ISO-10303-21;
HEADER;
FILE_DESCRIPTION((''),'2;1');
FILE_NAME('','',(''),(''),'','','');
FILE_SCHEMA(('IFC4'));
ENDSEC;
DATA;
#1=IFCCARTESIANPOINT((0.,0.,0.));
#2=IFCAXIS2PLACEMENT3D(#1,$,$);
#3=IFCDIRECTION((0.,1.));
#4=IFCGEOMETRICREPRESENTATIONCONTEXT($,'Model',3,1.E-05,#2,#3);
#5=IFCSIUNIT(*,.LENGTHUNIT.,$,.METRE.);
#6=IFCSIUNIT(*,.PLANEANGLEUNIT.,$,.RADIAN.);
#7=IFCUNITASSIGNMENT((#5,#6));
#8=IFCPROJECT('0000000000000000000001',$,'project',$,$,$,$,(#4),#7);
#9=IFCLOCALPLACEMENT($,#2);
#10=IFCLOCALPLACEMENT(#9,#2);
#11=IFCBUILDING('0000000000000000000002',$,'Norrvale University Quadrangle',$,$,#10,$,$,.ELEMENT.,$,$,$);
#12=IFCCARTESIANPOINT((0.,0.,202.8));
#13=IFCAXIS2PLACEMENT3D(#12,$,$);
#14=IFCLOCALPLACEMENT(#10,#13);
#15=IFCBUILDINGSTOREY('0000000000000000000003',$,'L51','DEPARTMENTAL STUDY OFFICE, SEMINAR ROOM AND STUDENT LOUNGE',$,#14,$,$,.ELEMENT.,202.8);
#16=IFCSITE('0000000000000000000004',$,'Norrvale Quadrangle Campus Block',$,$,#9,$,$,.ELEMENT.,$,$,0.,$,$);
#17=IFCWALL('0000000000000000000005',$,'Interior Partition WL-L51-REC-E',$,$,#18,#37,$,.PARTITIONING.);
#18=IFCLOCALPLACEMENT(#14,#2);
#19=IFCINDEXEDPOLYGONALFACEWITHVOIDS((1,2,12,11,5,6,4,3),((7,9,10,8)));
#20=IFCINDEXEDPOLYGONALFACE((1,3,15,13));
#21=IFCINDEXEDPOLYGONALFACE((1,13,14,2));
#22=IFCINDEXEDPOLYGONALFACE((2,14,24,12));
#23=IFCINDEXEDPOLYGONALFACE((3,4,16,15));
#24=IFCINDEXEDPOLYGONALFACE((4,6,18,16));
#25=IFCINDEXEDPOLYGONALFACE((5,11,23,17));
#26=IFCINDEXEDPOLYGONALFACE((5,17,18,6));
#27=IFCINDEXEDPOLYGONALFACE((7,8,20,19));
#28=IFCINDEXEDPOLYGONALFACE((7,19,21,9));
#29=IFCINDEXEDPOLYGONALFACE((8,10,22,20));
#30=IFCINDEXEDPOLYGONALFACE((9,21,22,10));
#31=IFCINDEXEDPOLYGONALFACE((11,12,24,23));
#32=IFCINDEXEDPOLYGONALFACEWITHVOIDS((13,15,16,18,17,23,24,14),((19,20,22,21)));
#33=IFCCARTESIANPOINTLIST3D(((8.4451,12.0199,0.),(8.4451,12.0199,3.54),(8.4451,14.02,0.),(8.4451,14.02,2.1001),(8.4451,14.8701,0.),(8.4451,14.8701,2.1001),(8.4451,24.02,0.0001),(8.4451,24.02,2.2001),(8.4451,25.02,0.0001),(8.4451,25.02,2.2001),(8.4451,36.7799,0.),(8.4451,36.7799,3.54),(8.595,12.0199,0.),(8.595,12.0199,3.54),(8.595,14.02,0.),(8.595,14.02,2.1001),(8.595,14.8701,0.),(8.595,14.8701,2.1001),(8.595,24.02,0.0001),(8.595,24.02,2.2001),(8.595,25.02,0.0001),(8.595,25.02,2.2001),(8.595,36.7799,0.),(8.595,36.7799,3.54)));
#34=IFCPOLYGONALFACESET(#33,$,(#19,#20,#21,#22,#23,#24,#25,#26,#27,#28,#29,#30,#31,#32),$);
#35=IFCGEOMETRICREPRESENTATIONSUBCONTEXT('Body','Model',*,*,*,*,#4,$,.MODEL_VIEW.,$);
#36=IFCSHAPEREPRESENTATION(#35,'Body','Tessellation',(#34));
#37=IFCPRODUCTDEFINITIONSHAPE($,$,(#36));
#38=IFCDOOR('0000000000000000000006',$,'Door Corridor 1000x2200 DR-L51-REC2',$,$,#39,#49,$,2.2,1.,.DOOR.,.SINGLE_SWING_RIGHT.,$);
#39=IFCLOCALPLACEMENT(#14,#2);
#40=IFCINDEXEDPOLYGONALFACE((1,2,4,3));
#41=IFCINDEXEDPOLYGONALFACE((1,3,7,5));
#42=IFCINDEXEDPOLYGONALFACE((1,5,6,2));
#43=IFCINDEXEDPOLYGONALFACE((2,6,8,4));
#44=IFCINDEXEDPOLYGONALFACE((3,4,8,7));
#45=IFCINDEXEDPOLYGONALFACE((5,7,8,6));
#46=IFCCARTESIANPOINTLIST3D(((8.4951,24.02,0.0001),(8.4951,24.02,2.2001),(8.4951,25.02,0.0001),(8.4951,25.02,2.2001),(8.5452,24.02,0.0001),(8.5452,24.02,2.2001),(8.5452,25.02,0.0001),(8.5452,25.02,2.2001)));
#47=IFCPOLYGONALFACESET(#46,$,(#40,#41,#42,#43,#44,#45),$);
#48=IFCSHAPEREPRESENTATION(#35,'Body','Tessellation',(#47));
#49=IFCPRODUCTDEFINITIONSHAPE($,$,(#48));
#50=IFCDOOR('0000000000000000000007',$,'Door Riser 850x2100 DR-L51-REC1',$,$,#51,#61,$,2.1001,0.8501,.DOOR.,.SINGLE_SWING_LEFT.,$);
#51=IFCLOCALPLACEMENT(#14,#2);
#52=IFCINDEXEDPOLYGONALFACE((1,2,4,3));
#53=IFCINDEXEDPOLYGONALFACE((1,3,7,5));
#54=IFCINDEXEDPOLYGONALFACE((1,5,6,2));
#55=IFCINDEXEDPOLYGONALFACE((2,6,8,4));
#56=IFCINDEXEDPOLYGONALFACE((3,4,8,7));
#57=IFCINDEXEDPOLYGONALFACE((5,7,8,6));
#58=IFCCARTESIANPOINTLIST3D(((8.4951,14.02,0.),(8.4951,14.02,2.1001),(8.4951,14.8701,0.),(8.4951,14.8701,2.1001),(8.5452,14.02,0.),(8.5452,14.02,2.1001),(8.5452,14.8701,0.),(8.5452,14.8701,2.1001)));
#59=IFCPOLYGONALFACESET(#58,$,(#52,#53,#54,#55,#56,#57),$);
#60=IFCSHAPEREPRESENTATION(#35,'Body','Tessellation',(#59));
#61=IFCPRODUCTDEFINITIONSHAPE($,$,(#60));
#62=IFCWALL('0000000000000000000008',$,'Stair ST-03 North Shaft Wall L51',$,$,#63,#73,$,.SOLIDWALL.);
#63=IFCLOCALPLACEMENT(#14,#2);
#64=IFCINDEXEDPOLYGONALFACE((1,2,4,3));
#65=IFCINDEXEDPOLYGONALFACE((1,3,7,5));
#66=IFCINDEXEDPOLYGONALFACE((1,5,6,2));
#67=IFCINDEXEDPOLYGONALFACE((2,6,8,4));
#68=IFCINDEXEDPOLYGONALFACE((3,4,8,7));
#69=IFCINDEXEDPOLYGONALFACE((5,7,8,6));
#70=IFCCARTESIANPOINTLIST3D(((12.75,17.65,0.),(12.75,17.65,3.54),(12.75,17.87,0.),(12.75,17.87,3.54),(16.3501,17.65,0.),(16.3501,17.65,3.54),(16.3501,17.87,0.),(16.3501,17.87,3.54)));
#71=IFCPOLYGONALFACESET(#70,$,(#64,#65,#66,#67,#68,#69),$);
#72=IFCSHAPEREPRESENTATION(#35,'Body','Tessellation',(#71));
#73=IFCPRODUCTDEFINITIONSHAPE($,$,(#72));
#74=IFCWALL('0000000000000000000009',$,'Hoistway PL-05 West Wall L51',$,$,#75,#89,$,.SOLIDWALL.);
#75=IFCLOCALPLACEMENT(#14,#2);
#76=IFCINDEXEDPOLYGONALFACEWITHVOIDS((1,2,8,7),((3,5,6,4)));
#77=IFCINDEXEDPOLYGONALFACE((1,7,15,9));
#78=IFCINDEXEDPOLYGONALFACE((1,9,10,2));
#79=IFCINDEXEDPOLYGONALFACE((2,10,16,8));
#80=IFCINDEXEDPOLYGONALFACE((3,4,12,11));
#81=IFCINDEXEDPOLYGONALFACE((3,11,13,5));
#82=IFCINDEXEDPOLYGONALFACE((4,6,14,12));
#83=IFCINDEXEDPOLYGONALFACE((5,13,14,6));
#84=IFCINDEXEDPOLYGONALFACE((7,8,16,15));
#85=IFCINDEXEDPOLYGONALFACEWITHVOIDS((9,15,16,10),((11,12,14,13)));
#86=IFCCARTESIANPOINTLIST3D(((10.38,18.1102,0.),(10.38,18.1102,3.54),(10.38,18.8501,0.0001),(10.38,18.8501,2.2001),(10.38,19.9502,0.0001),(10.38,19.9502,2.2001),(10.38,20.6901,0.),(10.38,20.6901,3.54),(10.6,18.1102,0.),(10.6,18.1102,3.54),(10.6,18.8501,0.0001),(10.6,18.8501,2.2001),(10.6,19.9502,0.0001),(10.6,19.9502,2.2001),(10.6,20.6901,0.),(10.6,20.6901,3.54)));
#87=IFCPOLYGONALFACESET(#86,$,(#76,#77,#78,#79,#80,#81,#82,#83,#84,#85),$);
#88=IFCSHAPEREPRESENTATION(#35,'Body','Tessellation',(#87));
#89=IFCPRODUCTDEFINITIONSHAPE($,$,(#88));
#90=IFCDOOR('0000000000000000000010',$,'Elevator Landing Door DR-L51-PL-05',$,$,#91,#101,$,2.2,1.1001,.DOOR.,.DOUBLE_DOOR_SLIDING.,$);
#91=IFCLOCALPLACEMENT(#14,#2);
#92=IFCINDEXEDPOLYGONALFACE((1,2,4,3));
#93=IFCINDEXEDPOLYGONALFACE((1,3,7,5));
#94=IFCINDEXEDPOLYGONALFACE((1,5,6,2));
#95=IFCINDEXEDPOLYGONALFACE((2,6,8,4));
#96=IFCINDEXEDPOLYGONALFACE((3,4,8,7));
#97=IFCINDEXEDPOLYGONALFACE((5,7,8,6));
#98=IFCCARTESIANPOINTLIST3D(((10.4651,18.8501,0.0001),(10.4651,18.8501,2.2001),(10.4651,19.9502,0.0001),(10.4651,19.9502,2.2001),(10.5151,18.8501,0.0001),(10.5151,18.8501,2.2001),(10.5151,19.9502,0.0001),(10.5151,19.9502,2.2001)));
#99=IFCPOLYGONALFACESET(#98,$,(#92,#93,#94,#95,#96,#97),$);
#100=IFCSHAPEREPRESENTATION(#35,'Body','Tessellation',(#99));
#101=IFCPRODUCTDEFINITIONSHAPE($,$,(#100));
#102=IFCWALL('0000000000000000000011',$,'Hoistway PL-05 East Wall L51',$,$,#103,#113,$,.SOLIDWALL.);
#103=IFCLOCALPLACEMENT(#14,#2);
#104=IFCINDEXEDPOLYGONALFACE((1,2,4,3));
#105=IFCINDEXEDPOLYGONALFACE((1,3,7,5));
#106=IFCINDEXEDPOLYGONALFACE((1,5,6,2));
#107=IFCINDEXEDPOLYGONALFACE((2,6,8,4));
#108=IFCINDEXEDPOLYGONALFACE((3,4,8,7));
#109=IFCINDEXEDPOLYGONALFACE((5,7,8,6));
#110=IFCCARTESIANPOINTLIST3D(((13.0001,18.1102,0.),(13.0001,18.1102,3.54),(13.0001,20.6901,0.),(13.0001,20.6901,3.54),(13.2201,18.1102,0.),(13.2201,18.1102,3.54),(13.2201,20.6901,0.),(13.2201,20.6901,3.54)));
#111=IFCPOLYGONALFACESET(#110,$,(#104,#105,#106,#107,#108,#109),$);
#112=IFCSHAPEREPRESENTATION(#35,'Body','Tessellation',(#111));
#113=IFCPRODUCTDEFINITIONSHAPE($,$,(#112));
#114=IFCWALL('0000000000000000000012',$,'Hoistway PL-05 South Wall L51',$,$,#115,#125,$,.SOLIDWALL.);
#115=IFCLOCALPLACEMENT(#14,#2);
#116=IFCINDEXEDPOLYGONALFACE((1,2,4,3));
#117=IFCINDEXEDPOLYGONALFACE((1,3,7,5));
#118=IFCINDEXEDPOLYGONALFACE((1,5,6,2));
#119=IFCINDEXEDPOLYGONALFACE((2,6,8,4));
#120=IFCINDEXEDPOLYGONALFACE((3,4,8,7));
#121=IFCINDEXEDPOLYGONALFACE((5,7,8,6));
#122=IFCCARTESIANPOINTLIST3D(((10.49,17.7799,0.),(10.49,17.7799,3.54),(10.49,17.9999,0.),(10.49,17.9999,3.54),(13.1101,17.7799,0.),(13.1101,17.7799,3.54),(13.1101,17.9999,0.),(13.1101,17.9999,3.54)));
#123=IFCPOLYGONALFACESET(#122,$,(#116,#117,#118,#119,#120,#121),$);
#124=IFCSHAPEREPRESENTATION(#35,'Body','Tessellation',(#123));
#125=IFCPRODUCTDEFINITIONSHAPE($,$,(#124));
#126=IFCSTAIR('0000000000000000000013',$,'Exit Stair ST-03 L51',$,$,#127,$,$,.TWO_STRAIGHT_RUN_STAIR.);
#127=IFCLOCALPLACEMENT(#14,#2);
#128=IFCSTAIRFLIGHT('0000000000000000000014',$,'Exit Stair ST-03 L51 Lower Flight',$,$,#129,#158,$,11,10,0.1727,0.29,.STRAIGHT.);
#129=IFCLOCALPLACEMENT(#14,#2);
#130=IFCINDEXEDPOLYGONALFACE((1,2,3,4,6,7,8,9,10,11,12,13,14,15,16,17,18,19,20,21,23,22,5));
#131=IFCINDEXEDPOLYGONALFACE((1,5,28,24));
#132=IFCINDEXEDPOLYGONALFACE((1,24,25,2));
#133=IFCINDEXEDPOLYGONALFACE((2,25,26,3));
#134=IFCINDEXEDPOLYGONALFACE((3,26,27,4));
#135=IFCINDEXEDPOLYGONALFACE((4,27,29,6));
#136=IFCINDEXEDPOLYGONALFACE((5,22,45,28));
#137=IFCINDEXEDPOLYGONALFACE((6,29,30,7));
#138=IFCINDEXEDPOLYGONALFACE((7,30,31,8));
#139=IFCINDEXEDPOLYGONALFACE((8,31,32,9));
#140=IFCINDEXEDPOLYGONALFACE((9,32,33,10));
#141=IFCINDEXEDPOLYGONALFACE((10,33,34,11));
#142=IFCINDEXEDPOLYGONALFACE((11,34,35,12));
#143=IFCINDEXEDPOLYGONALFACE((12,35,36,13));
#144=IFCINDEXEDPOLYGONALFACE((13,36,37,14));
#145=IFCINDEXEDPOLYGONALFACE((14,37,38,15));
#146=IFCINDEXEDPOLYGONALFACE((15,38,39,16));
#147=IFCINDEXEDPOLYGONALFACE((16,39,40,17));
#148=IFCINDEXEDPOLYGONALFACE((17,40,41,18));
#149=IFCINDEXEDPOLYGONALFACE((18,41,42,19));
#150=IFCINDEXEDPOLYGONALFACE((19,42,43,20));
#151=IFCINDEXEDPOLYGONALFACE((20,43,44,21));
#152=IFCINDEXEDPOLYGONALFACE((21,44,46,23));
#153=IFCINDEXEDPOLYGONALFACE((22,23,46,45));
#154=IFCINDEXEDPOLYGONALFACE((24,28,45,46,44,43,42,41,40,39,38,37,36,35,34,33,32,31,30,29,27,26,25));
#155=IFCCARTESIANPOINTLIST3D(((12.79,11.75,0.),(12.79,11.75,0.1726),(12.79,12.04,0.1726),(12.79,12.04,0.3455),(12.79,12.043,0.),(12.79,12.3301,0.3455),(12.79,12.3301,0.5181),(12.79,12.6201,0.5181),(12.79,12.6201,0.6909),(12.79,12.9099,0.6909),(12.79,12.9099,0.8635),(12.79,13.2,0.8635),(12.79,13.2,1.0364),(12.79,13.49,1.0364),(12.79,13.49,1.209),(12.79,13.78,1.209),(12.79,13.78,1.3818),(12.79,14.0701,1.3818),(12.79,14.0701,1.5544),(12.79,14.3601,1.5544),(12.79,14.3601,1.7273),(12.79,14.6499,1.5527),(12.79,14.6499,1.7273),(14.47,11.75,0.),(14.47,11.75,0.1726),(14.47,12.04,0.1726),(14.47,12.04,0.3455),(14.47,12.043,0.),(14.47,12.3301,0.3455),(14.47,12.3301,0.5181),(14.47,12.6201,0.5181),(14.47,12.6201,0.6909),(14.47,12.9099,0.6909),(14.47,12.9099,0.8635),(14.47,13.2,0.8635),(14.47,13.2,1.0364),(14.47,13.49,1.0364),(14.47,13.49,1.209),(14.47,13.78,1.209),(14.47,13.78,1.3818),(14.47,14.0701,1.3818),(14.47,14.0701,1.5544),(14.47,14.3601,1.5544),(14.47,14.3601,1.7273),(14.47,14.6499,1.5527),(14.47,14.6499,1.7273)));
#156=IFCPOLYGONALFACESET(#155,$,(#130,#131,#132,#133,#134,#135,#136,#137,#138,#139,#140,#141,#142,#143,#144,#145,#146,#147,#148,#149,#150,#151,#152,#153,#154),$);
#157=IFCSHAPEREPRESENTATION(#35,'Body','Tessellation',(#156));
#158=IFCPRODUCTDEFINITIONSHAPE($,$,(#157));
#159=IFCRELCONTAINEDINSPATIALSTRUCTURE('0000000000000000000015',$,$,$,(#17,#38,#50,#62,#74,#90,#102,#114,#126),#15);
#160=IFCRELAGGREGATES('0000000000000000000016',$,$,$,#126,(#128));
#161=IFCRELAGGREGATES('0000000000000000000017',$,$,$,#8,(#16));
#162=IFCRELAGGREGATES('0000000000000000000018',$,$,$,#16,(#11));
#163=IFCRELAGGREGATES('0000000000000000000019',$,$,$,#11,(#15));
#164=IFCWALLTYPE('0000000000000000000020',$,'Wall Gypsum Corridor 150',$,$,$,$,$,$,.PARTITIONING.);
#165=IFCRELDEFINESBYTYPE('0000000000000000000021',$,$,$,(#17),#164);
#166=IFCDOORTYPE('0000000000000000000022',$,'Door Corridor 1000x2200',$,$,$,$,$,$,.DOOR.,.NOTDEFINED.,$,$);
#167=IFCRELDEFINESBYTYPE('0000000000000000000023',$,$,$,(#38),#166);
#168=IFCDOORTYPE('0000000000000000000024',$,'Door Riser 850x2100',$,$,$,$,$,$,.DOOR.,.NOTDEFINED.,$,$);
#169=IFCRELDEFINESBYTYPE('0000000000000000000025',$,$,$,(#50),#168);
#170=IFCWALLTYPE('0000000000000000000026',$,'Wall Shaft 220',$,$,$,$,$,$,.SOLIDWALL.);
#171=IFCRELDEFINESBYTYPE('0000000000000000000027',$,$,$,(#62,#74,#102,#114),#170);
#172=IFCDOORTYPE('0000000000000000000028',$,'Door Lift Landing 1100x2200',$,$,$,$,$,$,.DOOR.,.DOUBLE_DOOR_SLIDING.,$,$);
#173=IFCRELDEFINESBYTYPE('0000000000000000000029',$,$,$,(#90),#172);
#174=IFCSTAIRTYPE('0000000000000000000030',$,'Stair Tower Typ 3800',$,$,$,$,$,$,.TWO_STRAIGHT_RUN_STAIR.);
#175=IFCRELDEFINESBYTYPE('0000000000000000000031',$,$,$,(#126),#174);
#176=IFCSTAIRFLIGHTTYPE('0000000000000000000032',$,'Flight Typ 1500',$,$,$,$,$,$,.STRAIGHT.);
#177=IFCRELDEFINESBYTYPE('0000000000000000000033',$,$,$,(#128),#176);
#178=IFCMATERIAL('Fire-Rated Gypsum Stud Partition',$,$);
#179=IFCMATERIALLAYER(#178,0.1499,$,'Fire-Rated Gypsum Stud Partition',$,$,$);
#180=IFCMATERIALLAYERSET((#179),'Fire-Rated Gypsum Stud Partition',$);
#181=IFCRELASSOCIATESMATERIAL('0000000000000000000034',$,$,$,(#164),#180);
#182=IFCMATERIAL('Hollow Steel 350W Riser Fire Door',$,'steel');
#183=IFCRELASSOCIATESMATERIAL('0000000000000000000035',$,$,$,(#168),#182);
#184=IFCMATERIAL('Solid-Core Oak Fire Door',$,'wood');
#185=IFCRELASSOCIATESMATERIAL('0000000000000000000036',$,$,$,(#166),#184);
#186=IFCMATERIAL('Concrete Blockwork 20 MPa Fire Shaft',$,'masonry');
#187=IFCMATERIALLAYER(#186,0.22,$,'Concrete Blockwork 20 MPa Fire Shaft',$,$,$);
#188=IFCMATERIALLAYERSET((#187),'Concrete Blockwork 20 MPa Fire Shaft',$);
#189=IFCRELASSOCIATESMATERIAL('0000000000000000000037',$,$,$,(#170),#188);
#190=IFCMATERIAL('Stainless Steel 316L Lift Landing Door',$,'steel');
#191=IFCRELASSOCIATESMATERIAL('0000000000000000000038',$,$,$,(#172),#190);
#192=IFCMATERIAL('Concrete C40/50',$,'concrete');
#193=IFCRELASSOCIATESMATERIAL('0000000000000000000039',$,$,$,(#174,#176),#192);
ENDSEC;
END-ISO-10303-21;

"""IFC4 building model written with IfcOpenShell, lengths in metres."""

from ifc_helpers import new_model, si_unit, direction, frame, frame_2d, origin, place, context, subcontext, project, spatial, polyline, rectangle, outline, extrude, material, layer, layer_set, type_object, element, fill, aggregate, save


model = new_model("IFC4")

# Units and contexts
model_context = context("Model", 3, precision=1e-05, world=origin(), true_north=direction((0.0, 1.0)))
body_context = subcontext(model_context, "Body", "Model", "MODEL_VIEW")
ifc_project = project(units=[si_unit("LENGTHUNIT", "METRE"), si_unit("PLANEANGLEUNIT", "RADIAN")], contexts=[model_context])

# Site, building, storey
site_placement = place(None, origin())
site = spatial("IfcSite", under=ifc_project, at=site_placement, Name="Norrvale Quadrangle Campus Block", CompositionType="ELEMENT", RefElevation=0.0)
building_placement = place(site_placement, origin())
building = spatial("IfcBuilding", under=site, at=building_placement, Name="Norrvale University Quadrangle", CompositionType="ELEMENT")
storey_placement = place(building_placement, frame((0.0, 0.0, 202.8)))
storey = spatial("IfcBuildingStorey", under=building, at=storey_placement, Name="L51", Description="DEPARTMENTAL STUDY OFFICE, SEMINAR ROOM AND STUDENT LOUNGE", CompositionType="ELEMENT", Elevation=202.8)

# Shared definitions
ifc_material_1 = material(Name="Fire-Rated Gypsum Stud Partition")
ifc_layer_1 = layer(ifc_material_1, 0.1499, Name="Fire-Rated Gypsum Stud Partition")
ifc_layer_set_1 = layer_set([ifc_layer_1], Name="Fire-Rated Gypsum Stud Partition")
wall_type_1 = type_object("IfcWallType", Name="Wall Gypsum Corridor 150", PredefinedType="PARTITIONING", material=ifc_layer_set_1)
ifc_material_2 = material(Name="Hollow Steel 350W Riser Fire Door", Category="steel")
door_type_1 = type_object("IfcDoorType", Name="Door Riser 850x2100", OperationType="NOTDEFINED", PredefinedType="DOOR", material=ifc_material_2)

# Wall, openings, doors
wall_1_placement = place(storey_placement, frame((8.52, 12.02, 0.0), z_axis=(0.0, 0.0, 1.0), x_axis=(0.0, 1.0, 0.0)))
wall_1 = element("IfcWall", 1, at=wall_1_placement, inside=storey, type_object=wall_type_1, Name="Interior Partition WL-L51-REC-E", PredefinedType="PARTITIONING", context=body_context, shape_type="SweptSolid", body=[
    extrude(rectangle(XDim=24.76, YDim=0.1499, at=frame_2d((12.3799, 0.0))), origin(), (0.0, 0.0, 1.0), 3.54),
])
opening_1_placement = place(wall_1_placement, frame((2.0, 0.0, 0.0)))
opening_1 = element("IfcOpeningElement", 2, at=opening_1_placement, cuts=wall_1, PredefinedType="OPENING", context=body_context, shape_type="SweptSolid", body=[
    extrude(rectangle(XDim=0.8501, YDim=2.1001, at=frame_2d((0.425, 1.05))), frame((0.0, 0.0869, 0.0), z_axis=(0.0, -1.0, 0.0), x_axis=(1.0, 0.0, 0.0)), (0.0, 0.0, 1.0), 0.1738),
])
opening_2_placement = place(wall_1_placement, frame((12.0, 0.0, 0.0)))
opening_2 = element("IfcOpeningElement", 3, at=opening_2_placement, cuts=wall_1, PredefinedType="OPENING", context=body_context, shape_type="SweptSolid", body=[
    extrude(rectangle(XDim=1.0, YDim=2.2, at=frame_2d((0.5, 1.1001))), frame((0.0, 0.0869, 0.0), z_axis=(0.0, -1.0, 0.0), x_axis=(1.0, 0.0, 0.0)), (0.0, 0.0, 1.0), 0.1738),
])
ifc_material_3 = material(Name="Solid-Core Oak Fire Door", Category="wood")
door_type_2 = type_object("IfcDoorType", Name="Door Corridor 1000x2200", OperationType="NOTDEFINED", PredefinedType="DOOR", material=ifc_material_3)
door_1_placement = place(opening_2_placement, origin())
door_1 = element("IfcDoor", 4, at=door_1_placement, inside=storey, type_object=door_type_2, Name="Door Corridor 1000x2200 DR-L51-REC2", OperationType="SINGLE_SWING_RIGHT", OverallHeight=2.2, OverallWidth=1.0, PredefinedType="DOOR", context=body_context, shape_type="SweptSolid", body=[
    extrude(rectangle(XDim=1.0, YDim=2.2, at=frame_2d((0.5, 1.1001))), frame((0.0, 0.0249, 0.0), z_axis=(0.0, -1.0, 0.0), x_axis=(1.0, 0.0, 0.0)), (0.0, 0.0, 1.0), 0.05),
])
fill(opening_2, door_1)
door_2_placement = place(opening_1_placement, origin())
door_2 = element("IfcDoor", 5, at=door_2_placement, inside=storey, type_object=door_type_1, Name="Door Riser 850x2100 DR-L51-REC1", OperationType="SINGLE_SWING_LEFT", OverallHeight=2.1001, OverallWidth=0.8501, PredefinedType="DOOR", context=body_context, shape_type="SweptSolid", body=[
    extrude(rectangle(XDim=0.8501, YDim=2.1001, at=frame_2d((0.425, 1.05))), frame((0.0, 0.0249, 0.0), z_axis=(0.0, -1.0, 0.0), x_axis=(1.0, 0.0, 0.0)), (0.0, 0.0, 1.0), 0.05),
])
fill(opening_1, door_2)

# Wall
ifc_material_4 = material(Name="Concrete Blockwork 20 MPa Fire Shaft", Category="masonry")
ifc_layer_2 = layer(ifc_material_4, 0.22, Name="Concrete Blockwork 20 MPa Fire Shaft")
ifc_layer_set_2 = layer_set([ifc_layer_2], Name="Concrete Blockwork 20 MPa Fire Shaft")
wall_type_2 = type_object("IfcWallType", Name="Wall Shaft 220", PredefinedType="SOLIDWALL", material=ifc_layer_set_2)
wall_2_placement = place(storey_placement, frame((12.75, 17.76, 0.0), z_axis=(0.0, 0.0, 1.0), x_axis=(1.0, 0.0, 0.0)))
element("IfcWall", 6, at=wall_2_placement, inside=storey, type_object=wall_type_2, Name="Stair ST-03 North Shaft Wall L51", PredefinedType="SOLIDWALL", context=body_context, shape_type="SweptSolid", body=[
    extrude(rectangle(XDim=3.6001, YDim=0.22, at=frame_2d((1.8, 0.0))), origin(), (0.0, 0.0, 1.0), 3.54),
])

# Wall, opening, door
wall_3_placement = place(storey_placement, frame((10.49, 18.1101, 0.0), z_axis=(0.0, 0.0, 1.0), x_axis=(0.0, 1.0, 0.0)))
wall_3 = element("IfcWall", 7, at=wall_3_placement, inside=storey, type_object=wall_type_2, Name="Hoistway PL-05 West Wall L51", PredefinedType="SOLIDWALL", context=body_context, shape_type="SweptSolid", body=[
    extrude(rectangle(XDim=2.5798, YDim=0.22, at=frame_2d((1.29, 0.0))), origin(), (0.0, 0.0, 1.0), 3.54),
])
opening_3_placement = place(wall_3_placement, frame((0.74, 0.0, 0.0)))
opening_3 = element("IfcOpeningElement", 8, at=opening_3_placement, cuts=wall_3, PredefinedType="OPENING", context=body_context, shape_type="SweptSolid", body=[
    extrude(rectangle(XDim=1.1001, YDim=2.2, at=frame_2d((0.55, 1.1001))), frame((0.0, 0.1221, 0.0), z_axis=(0.0, -1.0, 0.0), x_axis=(1.0, 0.0, 0.0)), (0.0, 0.0, 1.0), 0.2439),
])
ifc_material_5 = material(Name="Stainless Steel 316L Lift Landing Door", Category="steel")
door_type_3 = type_object("IfcDoorType", Name="Door Lift Landing 1100x2200", OperationType="DOUBLE_DOOR_SLIDING", PredefinedType="DOOR", material=ifc_material_5)
door_3_placement = place(opening_3_placement, origin())
door_3 = element("IfcDoor", 9, at=door_3_placement, inside=storey, type_object=door_type_3, Name="Elevator Landing Door DR-L51-PL-05", OperationType="DOUBLE_DOOR_SLIDING", OverallHeight=2.2, OverallWidth=1.1001, PredefinedType="DOOR", context=body_context, shape_type="SweptSolid", body=[
    extrude(rectangle(XDim=1.1001, YDim=2.2, at=frame_2d((0.55, 1.1001))), frame((0.0, 0.0249, 0.0), z_axis=(0.0, -1.0, 0.0), x_axis=(1.0, 0.0, 0.0)), (0.0, 0.0, 1.0), 0.05),
])
fill(opening_3, door_3)

# Walls
wall_4_placement = place(storey_placement, frame((13.1101, 18.1101, 0.0), z_axis=(0.0, 0.0, 1.0), x_axis=(0.0, 1.0, 0.0)))
element("IfcWall", 10, at=wall_4_placement, inside=storey, type_object=wall_type_2, Name="Hoistway PL-05 East Wall L51", PredefinedType="SOLIDWALL", context=body_context, shape_type="SweptSolid", body=[
    extrude(rectangle(XDim=2.5798, YDim=0.22, at=frame_2d((1.29, 0.0))), origin(), (0.0, 0.0, 1.0), 3.54),
])
wall_5_placement = place(storey_placement, frame((10.49, 17.8899, 0.0), z_axis=(0.0, 0.0, 1.0), x_axis=(1.0, 0.0, 0.0)))
element("IfcWall", 11, at=wall_5_placement, inside=storey, type_object=wall_type_2, Name="Hoistway PL-05 South Wall L51", PredefinedType="SOLIDWALL", context=body_context, shape_type="SweptSolid", body=[
    extrude(rectangle(XDim=2.6201, YDim=0.22, at=frame_2d((1.3101, 0.0))), origin(), (0.0, 0.0, 1.0), 3.54),
])

# Stair, stair flight
ifc_material_6 = material(Name="Concrete C40/50", Category="concrete")
stair_type = type_object("IfcStairType", Name="Stair Tower Typ 3800", PredefinedType="TWO_STRAIGHT_RUN_STAIR", material=ifc_material_6)
stair_placement = place(storey_placement, origin())
stair = element("IfcStair", 12, at=stair_placement, inside=storey, type_object=stair_type, Name="Exit Stair ST-03 L51", PredefinedType="TWO_STRAIGHT_RUN_STAIR")
stair_flight_type = type_object("IfcStairFlightType", Name="Flight Typ 1500", PredefinedType="STRAIGHT", material=ifc_material_6)
stair_flight_1_placement = place(storey_placement, frame((13.6299, 11.75, 0.0), z_axis=(0.0, 0.0, 1.0), x_axis=(0.0, 1.0, 0.0)))
stair_flight_1 = element("IfcStairFlight", 13, at=stair_flight_1_placement, type_object=stair_flight_type, Name="Exit Stair ST-03 L51 Lower Flight", NumberOfRisers=11, NumberOfTreads=10, PredefinedType="STRAIGHT", RiserHeight=0.1727, TreadLength=0.29, context=body_context, shape_type="SweptSolid", body=[
    extrude(outline(polyline([(0.0, 0.0), (0.0, 0.1726), (0.29, 0.1726), (0.29, 0.3455), (0.5801, 0.3455), (0.5801, 0.5181), (0.8701, 0.5181), (0.8701, 0.6909), (1.1599, 0.6909), (1.1599, 0.8635), (1.45, 0.8635), (1.45, 1.0364), (1.74, 1.0364), (1.74, 1.209), (2.03, 1.209), (2.03, 1.3818), (2.3201, 1.3818), (2.3201, 1.5544), (2.6101, 1.5544), (2.6101, 1.7273), (2.8999, 1.7273), (2.8999, 1.8999), (2.8999, 1.5527), (0.293, 0.0), (0.0, 0.0)])), frame((0.0, 0.8398, 0.0), z_axis=(0.0, -1.0, 0.0), x_axis=(1.0, 0.0, 0.0)), (0.0, 0.0, 1.0), 1.6799),
])
aggregate(stair, [stair_flight_1])

save(model, "model.ifc")
